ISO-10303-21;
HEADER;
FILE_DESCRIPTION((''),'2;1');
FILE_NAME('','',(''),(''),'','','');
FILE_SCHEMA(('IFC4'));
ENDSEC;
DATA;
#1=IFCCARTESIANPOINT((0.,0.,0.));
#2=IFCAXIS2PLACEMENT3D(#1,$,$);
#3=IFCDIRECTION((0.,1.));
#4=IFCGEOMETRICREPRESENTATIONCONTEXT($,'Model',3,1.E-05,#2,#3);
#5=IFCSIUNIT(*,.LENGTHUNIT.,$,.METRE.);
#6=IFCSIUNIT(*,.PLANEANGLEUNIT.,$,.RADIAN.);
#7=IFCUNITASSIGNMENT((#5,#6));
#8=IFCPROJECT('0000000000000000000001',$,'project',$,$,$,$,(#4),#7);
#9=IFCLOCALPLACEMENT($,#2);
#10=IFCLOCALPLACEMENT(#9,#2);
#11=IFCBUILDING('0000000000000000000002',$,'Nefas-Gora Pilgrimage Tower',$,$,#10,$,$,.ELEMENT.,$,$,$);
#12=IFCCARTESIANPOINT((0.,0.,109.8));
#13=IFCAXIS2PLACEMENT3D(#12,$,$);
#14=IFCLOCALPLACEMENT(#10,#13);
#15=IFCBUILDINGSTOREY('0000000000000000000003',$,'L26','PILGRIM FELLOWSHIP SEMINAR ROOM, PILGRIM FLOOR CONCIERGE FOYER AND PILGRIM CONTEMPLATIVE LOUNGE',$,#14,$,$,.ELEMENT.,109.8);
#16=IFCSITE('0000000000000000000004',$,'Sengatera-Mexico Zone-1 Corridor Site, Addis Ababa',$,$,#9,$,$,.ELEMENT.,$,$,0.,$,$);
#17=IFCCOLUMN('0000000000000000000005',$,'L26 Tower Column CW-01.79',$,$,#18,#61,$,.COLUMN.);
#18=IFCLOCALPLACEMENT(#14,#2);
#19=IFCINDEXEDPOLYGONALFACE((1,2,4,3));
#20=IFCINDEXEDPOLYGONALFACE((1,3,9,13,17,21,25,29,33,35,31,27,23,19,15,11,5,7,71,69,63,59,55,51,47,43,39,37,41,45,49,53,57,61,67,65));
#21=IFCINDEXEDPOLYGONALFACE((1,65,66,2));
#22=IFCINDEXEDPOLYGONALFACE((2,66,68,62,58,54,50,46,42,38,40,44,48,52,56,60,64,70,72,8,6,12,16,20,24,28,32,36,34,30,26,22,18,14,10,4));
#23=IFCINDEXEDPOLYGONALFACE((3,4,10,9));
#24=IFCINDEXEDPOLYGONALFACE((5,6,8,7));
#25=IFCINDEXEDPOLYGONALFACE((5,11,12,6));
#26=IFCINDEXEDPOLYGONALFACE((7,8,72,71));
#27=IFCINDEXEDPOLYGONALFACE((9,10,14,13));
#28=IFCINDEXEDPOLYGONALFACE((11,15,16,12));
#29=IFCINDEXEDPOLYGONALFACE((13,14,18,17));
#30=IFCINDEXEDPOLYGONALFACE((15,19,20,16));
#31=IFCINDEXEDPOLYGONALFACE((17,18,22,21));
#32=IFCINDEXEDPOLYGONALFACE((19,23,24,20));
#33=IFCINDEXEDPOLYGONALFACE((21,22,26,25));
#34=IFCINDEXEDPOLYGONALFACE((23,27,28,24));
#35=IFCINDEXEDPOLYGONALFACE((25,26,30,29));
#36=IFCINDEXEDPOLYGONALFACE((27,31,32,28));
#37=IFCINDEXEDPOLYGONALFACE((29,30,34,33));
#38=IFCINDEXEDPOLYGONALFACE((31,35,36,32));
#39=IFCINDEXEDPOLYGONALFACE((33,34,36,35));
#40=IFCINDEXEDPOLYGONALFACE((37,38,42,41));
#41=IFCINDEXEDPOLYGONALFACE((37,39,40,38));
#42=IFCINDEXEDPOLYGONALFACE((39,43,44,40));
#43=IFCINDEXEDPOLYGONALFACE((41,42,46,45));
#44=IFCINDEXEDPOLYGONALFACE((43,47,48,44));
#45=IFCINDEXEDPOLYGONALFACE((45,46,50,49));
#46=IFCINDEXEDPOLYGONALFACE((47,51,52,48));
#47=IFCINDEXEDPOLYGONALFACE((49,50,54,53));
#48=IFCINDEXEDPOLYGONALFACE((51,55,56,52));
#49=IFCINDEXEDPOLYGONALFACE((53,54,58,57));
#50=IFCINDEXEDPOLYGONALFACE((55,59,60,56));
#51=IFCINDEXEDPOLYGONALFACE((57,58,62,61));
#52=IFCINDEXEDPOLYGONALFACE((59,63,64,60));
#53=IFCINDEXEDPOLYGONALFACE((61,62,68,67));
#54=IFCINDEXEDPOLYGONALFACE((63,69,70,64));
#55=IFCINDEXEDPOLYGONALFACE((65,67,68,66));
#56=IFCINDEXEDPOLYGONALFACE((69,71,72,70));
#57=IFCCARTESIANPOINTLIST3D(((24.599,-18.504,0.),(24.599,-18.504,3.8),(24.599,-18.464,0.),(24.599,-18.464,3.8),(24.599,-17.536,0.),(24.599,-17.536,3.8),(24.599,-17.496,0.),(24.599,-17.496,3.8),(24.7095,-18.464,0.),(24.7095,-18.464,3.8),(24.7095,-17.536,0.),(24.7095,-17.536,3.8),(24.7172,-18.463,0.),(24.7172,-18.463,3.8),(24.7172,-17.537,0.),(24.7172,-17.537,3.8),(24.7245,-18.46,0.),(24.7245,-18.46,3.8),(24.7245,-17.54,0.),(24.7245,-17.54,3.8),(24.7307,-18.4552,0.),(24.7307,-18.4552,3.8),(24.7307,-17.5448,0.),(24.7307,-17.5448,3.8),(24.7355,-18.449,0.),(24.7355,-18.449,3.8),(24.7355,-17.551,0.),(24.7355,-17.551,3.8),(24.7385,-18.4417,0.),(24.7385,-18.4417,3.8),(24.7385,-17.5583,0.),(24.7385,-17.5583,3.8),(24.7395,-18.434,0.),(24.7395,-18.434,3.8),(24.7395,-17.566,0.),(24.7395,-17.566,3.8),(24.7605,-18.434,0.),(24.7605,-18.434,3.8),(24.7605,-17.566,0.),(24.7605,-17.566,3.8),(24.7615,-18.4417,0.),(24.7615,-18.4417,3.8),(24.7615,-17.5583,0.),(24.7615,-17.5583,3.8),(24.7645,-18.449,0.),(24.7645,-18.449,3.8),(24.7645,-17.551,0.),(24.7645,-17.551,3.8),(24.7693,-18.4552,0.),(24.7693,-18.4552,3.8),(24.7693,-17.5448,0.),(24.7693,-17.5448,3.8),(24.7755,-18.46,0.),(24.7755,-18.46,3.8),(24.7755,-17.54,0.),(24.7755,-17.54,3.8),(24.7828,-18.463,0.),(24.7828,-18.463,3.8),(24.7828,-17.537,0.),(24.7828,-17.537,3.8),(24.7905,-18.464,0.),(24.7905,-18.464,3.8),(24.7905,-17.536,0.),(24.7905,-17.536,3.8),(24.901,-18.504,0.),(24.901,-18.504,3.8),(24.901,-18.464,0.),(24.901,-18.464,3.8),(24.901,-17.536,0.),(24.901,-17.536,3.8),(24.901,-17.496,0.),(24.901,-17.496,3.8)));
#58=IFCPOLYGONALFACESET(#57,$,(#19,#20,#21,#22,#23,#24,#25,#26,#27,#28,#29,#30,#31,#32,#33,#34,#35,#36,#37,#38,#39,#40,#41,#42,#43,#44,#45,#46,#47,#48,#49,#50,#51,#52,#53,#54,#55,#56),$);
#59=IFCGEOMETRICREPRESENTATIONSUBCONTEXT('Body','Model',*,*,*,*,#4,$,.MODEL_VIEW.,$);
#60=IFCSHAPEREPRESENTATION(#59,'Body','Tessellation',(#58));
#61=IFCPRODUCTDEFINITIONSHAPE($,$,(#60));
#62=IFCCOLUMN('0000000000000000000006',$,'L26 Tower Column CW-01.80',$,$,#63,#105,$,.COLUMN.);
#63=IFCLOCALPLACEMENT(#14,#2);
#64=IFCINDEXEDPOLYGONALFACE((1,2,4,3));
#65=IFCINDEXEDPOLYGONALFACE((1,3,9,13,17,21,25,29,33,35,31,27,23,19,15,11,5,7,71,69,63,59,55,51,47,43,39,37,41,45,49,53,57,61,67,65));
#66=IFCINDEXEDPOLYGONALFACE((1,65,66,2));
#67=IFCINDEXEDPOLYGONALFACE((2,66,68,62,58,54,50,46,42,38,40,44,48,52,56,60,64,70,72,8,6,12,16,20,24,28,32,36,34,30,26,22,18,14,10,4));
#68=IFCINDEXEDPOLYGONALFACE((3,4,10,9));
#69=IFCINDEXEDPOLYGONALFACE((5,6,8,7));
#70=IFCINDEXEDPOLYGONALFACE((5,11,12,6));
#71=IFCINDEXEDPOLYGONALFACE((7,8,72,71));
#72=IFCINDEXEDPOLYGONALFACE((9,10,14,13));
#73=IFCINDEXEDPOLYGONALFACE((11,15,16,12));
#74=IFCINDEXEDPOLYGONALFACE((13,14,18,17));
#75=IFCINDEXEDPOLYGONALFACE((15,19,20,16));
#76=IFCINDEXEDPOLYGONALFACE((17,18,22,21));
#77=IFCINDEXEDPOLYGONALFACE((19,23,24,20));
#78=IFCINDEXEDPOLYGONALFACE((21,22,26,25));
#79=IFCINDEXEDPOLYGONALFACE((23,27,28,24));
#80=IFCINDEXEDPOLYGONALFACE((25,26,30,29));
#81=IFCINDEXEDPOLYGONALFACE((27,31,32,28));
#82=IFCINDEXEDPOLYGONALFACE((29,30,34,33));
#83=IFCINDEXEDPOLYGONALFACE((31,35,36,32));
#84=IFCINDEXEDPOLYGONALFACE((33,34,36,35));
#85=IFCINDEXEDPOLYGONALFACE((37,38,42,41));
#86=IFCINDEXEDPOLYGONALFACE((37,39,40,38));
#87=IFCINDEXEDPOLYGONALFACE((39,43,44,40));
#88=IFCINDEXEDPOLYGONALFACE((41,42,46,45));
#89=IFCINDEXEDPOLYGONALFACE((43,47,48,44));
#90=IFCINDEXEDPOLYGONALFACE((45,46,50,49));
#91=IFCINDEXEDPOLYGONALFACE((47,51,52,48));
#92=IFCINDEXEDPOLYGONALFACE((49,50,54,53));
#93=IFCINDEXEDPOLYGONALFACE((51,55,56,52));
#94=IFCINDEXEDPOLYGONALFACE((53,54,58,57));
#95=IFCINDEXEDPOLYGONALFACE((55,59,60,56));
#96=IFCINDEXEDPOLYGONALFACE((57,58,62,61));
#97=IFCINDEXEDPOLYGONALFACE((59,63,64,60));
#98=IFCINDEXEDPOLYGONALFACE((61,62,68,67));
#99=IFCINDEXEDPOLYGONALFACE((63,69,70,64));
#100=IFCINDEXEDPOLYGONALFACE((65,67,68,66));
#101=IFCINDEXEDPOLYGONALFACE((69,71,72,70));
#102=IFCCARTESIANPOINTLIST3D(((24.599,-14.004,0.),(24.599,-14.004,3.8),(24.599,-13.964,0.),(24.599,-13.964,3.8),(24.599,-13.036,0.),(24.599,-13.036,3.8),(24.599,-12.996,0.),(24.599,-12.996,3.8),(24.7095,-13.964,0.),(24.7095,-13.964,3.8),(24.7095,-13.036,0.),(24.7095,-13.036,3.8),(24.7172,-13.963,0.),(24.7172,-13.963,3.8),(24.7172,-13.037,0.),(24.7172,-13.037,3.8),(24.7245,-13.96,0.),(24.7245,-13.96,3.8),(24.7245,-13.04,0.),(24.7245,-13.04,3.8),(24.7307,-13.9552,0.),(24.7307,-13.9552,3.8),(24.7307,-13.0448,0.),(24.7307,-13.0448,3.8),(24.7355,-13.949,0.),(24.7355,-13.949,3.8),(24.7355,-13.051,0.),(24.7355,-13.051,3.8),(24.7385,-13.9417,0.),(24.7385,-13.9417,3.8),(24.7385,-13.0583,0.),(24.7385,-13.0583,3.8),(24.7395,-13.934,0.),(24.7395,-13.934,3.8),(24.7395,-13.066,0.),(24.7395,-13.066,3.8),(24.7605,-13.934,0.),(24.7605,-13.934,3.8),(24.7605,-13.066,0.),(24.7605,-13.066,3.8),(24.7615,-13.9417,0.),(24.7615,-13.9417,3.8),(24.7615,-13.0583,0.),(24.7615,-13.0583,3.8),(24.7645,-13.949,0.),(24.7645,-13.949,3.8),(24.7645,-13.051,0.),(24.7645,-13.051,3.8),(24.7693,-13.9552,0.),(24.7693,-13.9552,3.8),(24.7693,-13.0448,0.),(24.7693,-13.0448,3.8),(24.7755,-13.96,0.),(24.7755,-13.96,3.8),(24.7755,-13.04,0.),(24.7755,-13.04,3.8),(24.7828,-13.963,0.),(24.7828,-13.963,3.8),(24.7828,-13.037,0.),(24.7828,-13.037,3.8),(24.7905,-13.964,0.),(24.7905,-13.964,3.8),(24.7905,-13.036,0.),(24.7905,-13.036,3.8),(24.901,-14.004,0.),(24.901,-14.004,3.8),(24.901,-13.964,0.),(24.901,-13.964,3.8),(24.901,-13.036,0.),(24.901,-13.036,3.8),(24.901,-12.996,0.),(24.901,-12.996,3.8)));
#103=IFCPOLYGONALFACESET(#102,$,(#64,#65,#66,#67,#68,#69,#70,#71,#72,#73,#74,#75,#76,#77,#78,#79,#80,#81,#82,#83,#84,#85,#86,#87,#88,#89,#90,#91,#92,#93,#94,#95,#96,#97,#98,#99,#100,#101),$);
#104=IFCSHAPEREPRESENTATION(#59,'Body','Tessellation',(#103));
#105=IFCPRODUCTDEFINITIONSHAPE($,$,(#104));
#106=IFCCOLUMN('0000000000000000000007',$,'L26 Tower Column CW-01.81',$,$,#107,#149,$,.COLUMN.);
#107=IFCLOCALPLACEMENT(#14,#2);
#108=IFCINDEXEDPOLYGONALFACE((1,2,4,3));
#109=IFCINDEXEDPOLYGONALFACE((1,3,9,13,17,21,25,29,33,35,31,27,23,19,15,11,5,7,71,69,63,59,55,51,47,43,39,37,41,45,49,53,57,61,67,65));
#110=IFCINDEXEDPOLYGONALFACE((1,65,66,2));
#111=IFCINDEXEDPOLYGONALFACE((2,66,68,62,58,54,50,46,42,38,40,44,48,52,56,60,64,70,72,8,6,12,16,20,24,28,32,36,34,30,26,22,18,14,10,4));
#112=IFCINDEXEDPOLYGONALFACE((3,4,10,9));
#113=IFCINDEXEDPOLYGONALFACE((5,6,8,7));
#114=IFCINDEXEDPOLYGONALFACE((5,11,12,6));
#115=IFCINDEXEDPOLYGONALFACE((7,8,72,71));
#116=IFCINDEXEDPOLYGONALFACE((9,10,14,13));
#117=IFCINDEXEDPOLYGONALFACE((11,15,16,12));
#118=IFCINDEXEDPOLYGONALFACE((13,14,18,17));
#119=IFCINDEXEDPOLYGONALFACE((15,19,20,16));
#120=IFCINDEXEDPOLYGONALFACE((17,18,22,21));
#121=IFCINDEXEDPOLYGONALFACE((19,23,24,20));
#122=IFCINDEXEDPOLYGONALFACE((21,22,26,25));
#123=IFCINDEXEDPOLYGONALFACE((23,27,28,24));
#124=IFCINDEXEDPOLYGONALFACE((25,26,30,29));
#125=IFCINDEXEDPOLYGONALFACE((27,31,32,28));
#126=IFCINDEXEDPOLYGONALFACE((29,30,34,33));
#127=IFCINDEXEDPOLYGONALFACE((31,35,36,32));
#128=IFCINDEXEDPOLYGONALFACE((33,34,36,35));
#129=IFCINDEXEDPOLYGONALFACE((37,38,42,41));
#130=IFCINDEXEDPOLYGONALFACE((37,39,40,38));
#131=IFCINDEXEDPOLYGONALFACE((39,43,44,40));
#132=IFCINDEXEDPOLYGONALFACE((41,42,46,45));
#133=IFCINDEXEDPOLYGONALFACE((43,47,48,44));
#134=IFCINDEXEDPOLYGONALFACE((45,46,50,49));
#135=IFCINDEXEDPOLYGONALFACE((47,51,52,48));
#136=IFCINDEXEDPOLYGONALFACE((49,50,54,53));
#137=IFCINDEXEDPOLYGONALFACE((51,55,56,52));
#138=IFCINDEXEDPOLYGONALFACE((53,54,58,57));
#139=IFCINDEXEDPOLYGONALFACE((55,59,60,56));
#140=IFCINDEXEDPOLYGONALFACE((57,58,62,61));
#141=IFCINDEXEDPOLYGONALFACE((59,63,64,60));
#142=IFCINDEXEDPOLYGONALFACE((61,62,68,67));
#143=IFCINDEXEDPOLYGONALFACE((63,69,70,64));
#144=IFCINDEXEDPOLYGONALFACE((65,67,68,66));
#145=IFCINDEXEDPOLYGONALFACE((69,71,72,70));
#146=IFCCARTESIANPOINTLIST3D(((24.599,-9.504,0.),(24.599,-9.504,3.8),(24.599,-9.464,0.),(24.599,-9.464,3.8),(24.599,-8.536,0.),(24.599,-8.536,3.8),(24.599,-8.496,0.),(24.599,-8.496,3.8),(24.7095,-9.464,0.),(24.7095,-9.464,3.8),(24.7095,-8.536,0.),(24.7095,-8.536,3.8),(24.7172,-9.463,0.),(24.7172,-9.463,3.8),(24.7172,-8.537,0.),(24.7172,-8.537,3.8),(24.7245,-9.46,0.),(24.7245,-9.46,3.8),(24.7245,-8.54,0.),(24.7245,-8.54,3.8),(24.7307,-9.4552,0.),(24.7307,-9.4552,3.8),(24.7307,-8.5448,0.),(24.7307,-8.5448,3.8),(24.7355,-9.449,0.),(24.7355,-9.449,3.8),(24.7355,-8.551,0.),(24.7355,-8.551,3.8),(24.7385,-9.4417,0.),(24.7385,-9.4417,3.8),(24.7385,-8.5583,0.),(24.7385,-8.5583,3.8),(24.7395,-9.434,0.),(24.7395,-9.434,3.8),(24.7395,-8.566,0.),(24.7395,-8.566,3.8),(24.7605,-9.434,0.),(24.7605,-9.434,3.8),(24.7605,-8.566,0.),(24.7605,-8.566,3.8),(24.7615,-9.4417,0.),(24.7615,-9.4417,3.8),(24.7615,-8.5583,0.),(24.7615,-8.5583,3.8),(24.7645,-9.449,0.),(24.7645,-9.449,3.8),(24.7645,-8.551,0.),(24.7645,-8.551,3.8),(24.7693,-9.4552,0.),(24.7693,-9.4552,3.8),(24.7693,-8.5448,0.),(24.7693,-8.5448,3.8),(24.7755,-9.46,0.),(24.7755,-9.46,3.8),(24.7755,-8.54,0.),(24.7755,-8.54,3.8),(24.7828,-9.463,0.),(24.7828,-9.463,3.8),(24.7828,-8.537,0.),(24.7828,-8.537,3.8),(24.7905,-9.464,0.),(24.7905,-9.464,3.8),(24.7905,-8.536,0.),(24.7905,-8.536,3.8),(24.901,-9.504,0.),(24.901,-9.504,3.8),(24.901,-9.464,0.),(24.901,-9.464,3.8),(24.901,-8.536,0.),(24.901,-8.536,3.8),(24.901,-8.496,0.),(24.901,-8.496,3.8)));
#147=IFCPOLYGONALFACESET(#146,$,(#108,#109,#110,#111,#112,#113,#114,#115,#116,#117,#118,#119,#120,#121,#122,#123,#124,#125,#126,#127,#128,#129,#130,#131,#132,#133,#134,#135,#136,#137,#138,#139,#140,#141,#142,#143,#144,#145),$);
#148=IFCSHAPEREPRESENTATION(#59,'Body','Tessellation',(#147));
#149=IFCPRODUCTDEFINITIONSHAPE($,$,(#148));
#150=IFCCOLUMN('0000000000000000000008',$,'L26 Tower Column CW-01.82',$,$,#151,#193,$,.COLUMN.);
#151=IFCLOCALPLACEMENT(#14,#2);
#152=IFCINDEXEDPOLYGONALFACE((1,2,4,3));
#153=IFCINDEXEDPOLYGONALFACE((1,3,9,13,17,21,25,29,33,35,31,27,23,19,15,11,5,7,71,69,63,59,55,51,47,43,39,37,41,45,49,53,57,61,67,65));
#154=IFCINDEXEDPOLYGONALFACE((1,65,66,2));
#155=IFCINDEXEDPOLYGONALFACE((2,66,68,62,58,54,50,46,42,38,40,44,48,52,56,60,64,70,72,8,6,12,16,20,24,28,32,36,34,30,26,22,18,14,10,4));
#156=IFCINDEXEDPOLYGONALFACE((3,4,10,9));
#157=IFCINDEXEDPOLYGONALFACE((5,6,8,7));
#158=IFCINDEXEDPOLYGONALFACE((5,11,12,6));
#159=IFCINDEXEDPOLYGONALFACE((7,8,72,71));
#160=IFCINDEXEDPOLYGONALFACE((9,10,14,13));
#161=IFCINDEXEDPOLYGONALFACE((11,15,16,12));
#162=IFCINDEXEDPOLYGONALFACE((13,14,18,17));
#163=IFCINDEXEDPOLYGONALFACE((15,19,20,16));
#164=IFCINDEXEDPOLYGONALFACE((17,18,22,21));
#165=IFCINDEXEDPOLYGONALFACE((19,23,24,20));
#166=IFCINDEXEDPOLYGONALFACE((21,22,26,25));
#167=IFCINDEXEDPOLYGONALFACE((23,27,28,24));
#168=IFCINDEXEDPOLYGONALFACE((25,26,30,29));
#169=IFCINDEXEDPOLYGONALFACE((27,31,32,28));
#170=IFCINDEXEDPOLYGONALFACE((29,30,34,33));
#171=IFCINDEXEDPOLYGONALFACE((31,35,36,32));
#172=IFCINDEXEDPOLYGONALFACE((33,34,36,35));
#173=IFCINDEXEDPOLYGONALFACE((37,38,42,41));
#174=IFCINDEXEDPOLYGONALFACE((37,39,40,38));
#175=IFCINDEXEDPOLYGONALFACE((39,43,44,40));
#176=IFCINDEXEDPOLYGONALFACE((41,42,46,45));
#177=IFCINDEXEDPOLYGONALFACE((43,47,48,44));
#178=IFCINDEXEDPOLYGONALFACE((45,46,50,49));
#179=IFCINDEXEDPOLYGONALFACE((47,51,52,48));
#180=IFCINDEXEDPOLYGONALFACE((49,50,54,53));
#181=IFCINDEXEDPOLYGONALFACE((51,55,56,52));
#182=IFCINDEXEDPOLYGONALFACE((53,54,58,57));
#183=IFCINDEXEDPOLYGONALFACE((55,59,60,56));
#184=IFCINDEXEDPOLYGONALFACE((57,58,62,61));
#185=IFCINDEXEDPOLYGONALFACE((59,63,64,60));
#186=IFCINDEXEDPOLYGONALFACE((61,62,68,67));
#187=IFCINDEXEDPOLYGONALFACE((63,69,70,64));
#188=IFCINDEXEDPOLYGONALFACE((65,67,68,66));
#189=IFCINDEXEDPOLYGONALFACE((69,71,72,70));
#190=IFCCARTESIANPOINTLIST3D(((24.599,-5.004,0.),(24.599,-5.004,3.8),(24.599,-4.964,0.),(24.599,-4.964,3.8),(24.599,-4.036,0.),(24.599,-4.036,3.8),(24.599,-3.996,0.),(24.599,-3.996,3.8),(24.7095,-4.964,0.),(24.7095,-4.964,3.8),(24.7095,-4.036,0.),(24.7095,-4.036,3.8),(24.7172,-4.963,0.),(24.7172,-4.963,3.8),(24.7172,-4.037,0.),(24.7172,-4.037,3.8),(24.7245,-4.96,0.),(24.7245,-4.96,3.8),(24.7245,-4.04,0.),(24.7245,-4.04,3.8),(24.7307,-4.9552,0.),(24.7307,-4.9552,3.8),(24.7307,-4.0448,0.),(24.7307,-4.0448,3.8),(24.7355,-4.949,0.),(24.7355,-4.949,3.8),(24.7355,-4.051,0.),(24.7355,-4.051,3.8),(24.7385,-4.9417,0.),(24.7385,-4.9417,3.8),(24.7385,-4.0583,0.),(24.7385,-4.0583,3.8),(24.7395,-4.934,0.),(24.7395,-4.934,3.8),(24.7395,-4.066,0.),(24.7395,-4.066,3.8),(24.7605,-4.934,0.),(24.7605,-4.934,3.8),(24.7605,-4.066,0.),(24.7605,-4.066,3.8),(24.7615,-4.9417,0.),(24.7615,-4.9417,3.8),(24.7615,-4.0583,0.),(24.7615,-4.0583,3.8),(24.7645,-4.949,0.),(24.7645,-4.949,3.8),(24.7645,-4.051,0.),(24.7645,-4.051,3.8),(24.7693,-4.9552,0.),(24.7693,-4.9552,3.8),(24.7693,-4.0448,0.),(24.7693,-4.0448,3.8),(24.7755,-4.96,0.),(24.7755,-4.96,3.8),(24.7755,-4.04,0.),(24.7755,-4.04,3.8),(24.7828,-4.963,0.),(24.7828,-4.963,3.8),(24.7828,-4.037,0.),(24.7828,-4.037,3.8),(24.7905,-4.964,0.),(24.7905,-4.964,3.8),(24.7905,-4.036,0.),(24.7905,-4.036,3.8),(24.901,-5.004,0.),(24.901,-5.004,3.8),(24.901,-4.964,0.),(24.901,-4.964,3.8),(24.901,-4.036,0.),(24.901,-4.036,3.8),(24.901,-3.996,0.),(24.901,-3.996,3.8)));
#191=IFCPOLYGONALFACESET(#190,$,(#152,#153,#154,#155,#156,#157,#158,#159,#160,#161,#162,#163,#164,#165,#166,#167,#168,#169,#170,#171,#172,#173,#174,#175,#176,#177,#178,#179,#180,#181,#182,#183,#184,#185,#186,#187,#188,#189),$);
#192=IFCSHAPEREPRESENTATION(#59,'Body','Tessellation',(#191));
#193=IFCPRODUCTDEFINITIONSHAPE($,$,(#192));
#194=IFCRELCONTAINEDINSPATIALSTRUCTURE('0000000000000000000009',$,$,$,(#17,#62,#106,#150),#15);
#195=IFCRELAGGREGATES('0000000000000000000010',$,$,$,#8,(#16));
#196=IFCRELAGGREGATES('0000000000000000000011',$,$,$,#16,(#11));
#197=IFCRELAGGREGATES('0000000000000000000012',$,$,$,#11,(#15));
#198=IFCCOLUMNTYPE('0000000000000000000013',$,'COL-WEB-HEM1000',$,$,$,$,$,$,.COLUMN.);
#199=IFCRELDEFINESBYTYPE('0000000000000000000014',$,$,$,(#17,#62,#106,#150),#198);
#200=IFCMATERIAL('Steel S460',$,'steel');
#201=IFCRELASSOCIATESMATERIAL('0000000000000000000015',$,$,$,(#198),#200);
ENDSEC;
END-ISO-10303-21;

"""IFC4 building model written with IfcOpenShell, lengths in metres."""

from ifc_helpers import new_model, si_unit, direction, frame, origin, origin_2d, place, context, subcontext, project, spatial, i_section, extrude, source, transform, mapped, material, material_profile, profile_set, type_object, element, save


model = new_model("IFC4")

# Units and contexts
model_context = context("Model", 3, precision=1e-05, world=origin(), true_north=direction((0.0, 1.0)))
body_context = subcontext(model_context, "Body", "Model", "MODEL_VIEW")
ifc_project = project(units=[si_unit("LENGTHUNIT", "METRE"), si_unit("PLANEANGLEUNIT", "RADIAN")], contexts=[model_context])

# Site, building, storey
site_placement = place(None, origin())
site = spatial("IfcSite", under=ifc_project, at=site_placement, Name="Sengatera-Mexico Zone-1 Corridor Site, Addis Ababa", CompositionType="ELEMENT", RefElevation=0.0)
building_placement = place(site_placement, origin())
building = spatial("IfcBuilding", under=site, at=building_placement, Name="Nefas-Gora Pilgrimage Tower", CompositionType="ELEMENT")
storey_placement = place(building_placement, frame((0.0, 0.0, 109.8)))
storey = spatial("IfcBuildingStorey", under=building, at=storey_placement, Name="L26", Description="PILGRIM FELLOWSHIP SEMINAR ROOM, PILGRIM FLOOR CONCIERGE FOYER AND PILGRIM CONTEMPLATIVE LOUNGE", CompositionType="ELEMENT", Elevation=109.8)

# Columns
ifc_material_1 = material(Name="Steel S460", Category="steel")
ifc_material_profile_1 = material_profile(ifc_material_1, i_section(OverallWidth=0.302, OverallDepth=1.0081, WebThickness=0.021, FlangeThickness=0.04, FilletRadius=0.03, at=origin_2d()), Name="HEM 1000")
ifc_profile_set_1 = profile_set([ifc_material_profile_1], Name="Steel S460")
column_type_1 = type_object("IfcColumnType", Name="COL-WEB-HEM1000", PredefinedType="COLUMN", material=ifc_profile_set_1)
shared_shape_1 = source(origin(), body_context, "Body", "SweptSolid", [
    extrude(i_section(OverallWidth=0.302, OverallDepth=1.0081, WebThickness=0.021, FlangeThickness=0.04, FilletRadius=0.03, at=origin_2d()), origin(), (0.0, 0.0, 1.0), 3.8),
])
for number, where, z_axis, x_axis, name in (
    (1, (24.75, -18.0, 0.0), (0.0, 0.0, 1.0), (1.0, 0.0, 0.0), "L26 Tower Column CW-01.79"),
    (2, (24.75, -13.5, 0.0), (0.0, 0.0, 1.0), (1.0, 0.0, 0.0), "L26 Tower Column CW-01.80"),
    (3, (24.75, -9.0, 0.0), (0.0, 0.0, 1.0), (1.0, 0.0, 0.0), "L26 Tower Column CW-01.81"),
    (4, (24.75, -4.5, 0.0), (0.0, 0.0, 1.0), (1.0, 0.0, 0.0), "L26 Tower Column CW-01.82"),
):
    element("IfcColumn", number, at=place(storey_placement, frame(where, z_axis=z_axis, x_axis=x_axis)), inside=storey, type_object=column_type_1, Name=name, PredefinedType="COLUMN", context=body_context, shape_type="MappedRepresentation", body=[
        mapped(shared_shape_1, transform((0.0, 0.0, 0.0), x_axis=(1.0, 0.0, 0.0), y_axis=(0.0, 1.0, 0.0), z_axis=(0.0, 0.0, 1.0), scale=1.0)),
    ])

save(model, "model.ifc")
